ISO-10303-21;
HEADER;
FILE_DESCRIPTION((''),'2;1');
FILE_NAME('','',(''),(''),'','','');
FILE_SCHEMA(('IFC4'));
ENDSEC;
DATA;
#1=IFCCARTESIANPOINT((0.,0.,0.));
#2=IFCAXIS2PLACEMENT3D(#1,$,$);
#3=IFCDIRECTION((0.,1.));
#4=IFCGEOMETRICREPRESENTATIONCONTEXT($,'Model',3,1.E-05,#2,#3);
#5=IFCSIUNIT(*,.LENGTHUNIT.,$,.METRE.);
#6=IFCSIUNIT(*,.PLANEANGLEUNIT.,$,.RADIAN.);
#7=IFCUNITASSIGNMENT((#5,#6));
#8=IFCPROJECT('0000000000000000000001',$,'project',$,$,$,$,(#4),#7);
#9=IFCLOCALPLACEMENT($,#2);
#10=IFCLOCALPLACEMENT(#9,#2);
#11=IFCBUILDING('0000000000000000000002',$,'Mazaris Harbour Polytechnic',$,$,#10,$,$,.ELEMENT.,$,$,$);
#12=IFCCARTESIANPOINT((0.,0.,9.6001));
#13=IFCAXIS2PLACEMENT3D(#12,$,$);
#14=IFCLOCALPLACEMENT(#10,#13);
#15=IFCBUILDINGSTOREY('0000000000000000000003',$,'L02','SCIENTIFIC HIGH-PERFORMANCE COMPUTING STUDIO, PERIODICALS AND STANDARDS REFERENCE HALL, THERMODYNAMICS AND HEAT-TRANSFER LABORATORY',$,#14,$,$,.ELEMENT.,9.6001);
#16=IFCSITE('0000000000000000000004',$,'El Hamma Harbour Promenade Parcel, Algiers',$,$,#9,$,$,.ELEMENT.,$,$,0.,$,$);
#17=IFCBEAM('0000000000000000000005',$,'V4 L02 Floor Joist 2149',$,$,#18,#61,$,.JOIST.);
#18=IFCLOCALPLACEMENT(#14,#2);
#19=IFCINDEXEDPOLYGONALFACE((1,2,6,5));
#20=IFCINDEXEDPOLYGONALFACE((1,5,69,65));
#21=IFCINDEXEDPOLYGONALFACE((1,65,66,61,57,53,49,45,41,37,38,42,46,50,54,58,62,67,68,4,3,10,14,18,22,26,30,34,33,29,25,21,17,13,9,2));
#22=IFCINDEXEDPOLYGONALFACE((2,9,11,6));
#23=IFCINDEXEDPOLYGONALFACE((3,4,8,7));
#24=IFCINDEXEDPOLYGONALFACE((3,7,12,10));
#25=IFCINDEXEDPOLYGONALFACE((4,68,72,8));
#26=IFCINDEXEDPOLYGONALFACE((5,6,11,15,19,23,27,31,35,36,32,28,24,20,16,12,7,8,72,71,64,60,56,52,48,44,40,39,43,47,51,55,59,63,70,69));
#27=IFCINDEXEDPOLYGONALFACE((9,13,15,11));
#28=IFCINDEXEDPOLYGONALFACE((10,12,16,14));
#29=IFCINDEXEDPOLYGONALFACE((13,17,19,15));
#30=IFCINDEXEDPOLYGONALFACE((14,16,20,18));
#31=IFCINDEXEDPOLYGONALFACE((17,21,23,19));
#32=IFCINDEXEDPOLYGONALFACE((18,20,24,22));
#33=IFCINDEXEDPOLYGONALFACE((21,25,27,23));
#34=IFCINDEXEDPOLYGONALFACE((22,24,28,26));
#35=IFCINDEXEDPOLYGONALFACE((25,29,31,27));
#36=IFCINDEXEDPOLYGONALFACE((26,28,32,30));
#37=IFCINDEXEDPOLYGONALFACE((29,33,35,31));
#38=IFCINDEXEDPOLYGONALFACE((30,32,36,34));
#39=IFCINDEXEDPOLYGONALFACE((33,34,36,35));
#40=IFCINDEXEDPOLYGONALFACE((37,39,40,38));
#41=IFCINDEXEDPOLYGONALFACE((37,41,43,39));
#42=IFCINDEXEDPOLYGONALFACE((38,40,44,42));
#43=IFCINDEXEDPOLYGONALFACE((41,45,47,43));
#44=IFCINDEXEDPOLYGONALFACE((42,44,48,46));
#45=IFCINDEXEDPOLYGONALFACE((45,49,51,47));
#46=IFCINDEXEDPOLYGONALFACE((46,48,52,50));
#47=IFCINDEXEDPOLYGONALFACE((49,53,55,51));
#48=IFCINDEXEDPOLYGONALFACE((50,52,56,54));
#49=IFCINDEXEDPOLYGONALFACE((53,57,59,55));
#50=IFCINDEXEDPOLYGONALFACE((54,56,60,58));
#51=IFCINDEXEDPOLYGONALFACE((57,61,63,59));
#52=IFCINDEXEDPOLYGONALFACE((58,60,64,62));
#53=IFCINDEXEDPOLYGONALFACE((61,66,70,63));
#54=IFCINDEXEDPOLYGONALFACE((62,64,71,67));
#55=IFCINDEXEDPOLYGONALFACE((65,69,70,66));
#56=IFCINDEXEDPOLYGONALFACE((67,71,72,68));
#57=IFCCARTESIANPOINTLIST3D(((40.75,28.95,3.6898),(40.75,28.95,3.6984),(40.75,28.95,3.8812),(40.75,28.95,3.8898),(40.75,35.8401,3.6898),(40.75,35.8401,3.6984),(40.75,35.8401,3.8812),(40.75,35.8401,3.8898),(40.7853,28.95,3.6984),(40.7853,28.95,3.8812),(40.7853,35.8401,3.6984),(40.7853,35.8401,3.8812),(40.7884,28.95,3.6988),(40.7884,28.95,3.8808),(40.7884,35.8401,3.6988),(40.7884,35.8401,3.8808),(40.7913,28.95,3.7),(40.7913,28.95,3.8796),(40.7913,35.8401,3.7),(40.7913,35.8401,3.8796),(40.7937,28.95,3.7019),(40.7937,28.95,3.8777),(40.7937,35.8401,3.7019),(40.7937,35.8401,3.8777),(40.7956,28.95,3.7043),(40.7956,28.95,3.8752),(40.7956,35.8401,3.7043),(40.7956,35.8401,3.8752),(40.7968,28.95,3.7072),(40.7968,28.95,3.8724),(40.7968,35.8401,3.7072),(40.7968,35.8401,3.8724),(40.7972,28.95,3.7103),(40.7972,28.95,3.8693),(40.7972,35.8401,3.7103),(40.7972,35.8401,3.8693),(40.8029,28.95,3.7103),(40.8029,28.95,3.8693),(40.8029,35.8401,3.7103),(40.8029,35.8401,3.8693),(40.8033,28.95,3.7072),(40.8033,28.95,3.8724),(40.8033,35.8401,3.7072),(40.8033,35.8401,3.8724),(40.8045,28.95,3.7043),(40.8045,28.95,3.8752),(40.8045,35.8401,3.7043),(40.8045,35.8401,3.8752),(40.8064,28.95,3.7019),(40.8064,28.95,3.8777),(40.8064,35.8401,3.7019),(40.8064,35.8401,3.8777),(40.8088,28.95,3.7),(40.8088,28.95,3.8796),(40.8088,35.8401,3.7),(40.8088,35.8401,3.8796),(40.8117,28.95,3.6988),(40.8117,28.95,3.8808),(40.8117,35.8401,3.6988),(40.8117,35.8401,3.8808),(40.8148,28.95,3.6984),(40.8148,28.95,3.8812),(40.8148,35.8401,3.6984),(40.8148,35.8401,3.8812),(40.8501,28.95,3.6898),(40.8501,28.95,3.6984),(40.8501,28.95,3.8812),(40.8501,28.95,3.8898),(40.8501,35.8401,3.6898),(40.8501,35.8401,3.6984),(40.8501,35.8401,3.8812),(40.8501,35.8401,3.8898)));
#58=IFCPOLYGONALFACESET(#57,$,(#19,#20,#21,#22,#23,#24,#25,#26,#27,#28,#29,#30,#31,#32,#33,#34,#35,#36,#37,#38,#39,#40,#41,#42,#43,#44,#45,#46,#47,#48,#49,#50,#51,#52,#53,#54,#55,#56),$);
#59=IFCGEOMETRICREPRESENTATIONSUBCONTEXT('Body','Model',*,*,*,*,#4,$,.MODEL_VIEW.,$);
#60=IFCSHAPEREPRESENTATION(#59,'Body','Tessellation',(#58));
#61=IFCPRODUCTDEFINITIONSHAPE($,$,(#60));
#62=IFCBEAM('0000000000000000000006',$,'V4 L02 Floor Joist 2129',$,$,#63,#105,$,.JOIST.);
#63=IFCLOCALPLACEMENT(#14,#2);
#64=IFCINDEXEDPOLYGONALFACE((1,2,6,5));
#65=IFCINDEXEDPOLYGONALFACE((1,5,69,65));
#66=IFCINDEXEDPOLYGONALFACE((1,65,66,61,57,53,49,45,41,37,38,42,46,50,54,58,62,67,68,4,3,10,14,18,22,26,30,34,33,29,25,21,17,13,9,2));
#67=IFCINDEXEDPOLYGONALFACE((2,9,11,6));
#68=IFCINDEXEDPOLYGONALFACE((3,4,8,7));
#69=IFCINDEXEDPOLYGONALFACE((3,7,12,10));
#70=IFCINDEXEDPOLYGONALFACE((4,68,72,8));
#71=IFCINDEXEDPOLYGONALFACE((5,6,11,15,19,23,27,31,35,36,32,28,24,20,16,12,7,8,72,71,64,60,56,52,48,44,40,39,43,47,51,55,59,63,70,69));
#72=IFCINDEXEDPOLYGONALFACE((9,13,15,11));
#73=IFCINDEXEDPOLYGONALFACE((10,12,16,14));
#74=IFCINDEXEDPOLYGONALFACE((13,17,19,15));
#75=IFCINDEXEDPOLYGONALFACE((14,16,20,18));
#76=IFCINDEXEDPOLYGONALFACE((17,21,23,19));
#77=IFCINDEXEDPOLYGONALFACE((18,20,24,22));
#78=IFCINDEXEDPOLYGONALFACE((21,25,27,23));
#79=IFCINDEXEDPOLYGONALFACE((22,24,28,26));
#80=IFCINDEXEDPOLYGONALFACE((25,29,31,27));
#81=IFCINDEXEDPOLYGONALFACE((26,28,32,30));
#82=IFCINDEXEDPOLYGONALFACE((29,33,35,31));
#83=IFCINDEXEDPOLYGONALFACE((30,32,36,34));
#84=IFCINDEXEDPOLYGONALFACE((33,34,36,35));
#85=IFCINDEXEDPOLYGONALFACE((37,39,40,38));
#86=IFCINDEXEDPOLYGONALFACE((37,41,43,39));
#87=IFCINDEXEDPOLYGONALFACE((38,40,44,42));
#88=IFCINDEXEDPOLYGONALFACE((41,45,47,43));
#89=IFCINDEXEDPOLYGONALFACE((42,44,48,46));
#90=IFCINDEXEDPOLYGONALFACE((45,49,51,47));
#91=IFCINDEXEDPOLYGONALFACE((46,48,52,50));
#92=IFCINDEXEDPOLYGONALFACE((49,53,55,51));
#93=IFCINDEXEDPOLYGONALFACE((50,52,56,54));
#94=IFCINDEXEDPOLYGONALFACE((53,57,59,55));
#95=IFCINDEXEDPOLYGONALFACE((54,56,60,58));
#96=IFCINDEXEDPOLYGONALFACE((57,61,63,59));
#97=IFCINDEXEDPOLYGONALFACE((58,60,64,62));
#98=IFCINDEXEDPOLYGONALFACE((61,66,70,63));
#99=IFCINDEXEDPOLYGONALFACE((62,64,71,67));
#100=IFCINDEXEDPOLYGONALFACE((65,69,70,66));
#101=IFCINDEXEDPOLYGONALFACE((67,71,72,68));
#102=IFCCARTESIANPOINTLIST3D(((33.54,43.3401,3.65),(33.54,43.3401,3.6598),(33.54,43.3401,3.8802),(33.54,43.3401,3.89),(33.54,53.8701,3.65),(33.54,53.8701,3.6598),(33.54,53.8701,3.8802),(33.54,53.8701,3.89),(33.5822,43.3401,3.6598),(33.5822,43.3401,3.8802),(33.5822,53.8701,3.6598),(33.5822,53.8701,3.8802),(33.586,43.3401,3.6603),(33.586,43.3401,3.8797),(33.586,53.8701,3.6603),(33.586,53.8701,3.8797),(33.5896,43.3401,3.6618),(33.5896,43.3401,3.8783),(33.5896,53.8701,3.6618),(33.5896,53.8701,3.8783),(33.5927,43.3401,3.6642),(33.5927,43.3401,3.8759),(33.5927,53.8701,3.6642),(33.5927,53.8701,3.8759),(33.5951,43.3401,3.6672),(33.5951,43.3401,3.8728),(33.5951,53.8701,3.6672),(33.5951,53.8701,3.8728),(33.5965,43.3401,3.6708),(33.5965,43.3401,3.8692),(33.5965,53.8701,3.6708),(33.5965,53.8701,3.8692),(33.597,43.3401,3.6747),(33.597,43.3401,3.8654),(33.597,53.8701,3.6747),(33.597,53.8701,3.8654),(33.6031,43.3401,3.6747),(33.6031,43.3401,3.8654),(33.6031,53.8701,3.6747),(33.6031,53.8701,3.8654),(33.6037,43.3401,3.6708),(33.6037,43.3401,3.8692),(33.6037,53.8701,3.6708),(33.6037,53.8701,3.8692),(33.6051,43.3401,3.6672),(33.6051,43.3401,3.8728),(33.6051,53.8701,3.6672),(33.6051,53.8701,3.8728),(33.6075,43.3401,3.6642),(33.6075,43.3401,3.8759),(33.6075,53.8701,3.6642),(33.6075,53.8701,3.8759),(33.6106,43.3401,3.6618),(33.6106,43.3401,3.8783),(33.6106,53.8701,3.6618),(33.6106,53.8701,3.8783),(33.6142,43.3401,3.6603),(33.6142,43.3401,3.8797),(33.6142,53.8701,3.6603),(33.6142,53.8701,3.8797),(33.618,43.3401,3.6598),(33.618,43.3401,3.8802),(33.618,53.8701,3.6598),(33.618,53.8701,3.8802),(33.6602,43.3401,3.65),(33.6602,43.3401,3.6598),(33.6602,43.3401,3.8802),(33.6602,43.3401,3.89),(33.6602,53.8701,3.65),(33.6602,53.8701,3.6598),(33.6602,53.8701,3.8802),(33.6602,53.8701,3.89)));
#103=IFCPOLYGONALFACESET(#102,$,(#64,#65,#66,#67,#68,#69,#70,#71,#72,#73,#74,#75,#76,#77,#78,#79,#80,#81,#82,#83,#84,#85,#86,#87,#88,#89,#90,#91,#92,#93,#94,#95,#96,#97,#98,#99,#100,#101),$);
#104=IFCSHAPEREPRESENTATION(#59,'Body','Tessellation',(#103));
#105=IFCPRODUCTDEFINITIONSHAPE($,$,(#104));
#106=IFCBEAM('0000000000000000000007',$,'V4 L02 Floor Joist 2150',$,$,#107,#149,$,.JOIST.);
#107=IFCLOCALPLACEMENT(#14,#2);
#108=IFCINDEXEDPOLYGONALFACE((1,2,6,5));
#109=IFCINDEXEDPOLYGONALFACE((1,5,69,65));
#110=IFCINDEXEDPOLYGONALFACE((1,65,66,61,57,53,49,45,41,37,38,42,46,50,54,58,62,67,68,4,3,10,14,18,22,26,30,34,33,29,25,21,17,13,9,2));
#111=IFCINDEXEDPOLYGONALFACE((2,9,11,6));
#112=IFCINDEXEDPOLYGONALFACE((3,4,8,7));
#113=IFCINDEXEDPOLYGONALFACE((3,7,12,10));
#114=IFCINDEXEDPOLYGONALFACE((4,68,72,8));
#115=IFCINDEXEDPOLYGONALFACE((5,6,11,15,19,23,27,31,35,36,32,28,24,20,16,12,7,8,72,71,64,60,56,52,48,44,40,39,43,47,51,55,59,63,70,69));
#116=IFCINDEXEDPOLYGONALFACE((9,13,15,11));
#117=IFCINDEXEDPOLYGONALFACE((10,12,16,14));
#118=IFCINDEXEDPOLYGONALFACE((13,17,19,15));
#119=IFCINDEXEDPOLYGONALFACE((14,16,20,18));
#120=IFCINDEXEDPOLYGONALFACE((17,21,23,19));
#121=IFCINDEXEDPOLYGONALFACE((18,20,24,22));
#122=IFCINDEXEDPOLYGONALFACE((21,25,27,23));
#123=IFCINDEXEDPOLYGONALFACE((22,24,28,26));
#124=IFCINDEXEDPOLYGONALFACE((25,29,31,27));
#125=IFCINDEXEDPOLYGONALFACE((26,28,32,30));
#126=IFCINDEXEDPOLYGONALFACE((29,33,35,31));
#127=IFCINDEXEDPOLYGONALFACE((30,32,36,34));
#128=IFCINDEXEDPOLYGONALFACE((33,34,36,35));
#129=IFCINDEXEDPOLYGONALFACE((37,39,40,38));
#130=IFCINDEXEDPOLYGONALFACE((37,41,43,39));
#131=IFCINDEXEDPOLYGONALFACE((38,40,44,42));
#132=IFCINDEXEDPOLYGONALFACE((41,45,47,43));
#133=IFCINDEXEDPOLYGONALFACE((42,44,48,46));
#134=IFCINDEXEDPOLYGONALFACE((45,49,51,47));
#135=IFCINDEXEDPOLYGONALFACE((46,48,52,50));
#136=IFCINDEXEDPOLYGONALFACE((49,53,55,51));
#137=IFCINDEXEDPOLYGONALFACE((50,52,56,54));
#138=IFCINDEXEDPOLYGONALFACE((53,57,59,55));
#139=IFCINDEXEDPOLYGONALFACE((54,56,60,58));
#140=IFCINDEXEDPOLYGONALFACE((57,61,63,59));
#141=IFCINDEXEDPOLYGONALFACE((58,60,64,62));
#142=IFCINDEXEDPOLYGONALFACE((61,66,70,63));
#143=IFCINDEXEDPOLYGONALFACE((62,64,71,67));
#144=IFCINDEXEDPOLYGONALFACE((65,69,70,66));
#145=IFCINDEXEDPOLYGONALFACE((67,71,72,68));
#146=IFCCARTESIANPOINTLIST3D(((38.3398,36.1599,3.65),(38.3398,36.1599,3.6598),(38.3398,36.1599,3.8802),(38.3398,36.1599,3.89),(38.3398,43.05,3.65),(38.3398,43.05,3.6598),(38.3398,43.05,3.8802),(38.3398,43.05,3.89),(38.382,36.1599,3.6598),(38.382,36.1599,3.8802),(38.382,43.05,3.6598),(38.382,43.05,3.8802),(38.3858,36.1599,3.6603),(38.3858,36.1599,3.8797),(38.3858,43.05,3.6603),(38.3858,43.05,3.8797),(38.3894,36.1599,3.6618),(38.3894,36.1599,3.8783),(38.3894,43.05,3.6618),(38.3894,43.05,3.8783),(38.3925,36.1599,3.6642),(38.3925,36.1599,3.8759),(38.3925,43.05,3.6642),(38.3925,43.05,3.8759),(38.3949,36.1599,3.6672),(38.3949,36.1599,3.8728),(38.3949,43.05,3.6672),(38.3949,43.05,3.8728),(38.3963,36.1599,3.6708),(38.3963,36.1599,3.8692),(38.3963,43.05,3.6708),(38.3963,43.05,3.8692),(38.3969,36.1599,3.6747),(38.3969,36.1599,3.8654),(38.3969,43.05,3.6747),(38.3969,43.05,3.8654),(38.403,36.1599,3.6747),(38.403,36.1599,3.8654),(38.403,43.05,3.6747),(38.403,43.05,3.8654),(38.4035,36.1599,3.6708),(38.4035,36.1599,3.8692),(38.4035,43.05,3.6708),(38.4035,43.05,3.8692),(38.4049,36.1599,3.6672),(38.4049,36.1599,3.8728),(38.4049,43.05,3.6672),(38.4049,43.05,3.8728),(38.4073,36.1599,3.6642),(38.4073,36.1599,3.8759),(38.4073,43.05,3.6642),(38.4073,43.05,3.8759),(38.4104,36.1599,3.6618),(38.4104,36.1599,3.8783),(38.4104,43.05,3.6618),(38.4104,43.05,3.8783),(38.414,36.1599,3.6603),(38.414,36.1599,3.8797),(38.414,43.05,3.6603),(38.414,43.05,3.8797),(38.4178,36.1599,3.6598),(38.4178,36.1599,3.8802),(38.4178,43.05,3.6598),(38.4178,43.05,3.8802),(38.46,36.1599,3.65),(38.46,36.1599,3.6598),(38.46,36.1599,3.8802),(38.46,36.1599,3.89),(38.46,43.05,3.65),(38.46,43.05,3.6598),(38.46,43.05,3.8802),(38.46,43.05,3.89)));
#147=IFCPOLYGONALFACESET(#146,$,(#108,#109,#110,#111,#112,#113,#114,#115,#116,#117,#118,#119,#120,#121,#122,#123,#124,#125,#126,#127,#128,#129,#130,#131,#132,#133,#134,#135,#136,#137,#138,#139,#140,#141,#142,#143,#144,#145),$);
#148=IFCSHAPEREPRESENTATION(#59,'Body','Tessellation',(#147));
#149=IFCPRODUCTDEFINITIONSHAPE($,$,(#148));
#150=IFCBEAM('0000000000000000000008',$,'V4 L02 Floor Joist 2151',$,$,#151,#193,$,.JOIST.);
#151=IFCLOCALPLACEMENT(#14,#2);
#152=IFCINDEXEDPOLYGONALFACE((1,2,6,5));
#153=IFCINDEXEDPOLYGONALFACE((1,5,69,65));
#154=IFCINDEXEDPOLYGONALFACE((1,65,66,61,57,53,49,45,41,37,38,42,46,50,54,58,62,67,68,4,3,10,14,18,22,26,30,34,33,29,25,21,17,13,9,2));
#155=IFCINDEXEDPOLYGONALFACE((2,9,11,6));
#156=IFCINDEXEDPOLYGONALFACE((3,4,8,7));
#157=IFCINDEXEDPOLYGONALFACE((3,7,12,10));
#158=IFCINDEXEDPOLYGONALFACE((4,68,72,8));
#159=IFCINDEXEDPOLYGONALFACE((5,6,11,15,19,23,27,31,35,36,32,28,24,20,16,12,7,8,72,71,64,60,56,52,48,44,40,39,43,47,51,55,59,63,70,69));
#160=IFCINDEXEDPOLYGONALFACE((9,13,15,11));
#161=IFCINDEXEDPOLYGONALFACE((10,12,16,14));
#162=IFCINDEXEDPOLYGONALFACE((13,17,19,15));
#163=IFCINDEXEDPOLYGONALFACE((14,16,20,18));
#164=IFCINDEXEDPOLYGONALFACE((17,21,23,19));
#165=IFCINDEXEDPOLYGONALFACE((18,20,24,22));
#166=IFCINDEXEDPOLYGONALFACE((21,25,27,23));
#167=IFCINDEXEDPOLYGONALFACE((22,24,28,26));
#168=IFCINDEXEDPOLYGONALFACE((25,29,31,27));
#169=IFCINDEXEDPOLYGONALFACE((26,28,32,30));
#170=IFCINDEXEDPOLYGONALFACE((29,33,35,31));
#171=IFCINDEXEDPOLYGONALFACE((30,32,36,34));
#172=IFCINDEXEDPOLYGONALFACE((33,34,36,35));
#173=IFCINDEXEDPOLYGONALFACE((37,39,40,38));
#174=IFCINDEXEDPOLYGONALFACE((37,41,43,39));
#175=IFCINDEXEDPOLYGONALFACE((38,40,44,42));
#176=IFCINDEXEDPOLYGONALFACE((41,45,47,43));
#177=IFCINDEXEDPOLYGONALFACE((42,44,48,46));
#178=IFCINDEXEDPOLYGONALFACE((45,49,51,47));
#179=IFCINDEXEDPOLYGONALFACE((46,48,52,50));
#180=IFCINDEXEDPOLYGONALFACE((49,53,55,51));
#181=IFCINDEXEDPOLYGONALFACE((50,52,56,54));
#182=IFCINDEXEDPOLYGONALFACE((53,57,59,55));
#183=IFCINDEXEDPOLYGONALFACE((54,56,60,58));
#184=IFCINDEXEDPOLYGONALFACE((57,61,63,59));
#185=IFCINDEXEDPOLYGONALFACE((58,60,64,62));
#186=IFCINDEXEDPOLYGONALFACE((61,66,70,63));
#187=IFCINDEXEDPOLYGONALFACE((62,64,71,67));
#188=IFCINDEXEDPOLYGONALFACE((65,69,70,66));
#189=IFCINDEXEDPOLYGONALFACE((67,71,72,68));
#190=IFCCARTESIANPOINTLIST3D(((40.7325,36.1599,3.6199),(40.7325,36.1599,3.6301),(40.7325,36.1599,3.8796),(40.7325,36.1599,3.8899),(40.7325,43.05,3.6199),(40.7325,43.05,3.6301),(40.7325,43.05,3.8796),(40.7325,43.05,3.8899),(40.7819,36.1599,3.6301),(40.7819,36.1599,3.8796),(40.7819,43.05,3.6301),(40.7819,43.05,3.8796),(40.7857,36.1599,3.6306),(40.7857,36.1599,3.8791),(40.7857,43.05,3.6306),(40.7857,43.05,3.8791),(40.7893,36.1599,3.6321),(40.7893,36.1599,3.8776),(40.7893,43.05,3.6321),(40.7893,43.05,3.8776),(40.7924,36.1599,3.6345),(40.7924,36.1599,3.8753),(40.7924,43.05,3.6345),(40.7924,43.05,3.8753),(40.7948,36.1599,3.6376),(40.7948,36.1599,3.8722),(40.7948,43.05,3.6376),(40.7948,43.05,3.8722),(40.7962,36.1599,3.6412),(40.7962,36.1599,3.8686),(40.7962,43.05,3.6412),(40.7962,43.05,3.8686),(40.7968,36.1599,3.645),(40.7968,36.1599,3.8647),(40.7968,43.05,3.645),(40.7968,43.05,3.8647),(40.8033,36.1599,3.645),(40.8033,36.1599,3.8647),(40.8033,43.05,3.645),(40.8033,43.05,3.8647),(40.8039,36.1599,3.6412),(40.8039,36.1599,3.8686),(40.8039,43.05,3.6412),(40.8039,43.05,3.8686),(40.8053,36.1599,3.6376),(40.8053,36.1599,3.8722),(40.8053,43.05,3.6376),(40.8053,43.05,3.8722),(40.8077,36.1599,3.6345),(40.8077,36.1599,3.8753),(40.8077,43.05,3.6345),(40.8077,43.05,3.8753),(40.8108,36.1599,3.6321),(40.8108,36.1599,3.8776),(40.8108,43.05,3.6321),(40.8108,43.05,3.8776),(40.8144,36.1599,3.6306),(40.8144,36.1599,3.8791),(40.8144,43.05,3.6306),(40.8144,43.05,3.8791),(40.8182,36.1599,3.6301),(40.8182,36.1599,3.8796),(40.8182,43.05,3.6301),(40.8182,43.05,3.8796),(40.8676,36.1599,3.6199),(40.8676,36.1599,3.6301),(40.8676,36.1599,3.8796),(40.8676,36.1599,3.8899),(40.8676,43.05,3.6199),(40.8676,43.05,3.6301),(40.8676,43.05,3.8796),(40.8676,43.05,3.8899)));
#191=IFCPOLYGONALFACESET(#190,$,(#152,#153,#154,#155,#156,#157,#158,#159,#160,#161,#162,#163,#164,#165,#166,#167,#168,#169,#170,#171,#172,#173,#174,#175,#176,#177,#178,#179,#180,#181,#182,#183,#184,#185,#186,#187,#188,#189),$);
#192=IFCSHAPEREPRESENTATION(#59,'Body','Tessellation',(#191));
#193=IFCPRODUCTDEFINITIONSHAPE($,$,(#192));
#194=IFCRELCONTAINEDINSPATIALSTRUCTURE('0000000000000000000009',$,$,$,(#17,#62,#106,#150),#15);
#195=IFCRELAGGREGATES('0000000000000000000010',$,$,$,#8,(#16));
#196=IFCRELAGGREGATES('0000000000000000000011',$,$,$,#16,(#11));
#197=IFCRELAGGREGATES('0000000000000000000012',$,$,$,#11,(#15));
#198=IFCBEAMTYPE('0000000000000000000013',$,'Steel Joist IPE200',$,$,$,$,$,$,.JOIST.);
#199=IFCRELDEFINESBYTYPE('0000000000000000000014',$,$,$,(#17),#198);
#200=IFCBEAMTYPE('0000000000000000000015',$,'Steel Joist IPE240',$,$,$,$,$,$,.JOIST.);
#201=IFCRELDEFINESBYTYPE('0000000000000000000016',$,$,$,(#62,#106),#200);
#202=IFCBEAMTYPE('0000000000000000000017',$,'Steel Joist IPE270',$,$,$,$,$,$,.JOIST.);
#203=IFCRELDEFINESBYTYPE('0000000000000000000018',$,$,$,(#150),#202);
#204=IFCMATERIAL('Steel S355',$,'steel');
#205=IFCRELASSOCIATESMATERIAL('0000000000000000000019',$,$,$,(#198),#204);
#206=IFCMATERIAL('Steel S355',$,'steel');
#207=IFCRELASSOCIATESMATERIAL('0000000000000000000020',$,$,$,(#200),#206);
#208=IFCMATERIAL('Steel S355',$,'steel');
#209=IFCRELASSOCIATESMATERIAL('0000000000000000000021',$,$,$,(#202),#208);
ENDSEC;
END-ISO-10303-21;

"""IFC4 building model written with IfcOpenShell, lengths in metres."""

from ifc_helpers import new_model, si_unit, direction, frame, origin, origin_2d, place, context, subcontext, project, spatial, i_section, extrude, material, material_profile, profile_set, type_object, element, save


model = new_model("IFC4")

# Units and contexts
model_context = context("Model", 3, precision=1e-05, world=origin(), true_north=direction((0.0, 1.0)))
body_context = subcontext(model_context, "Body", "Model", "MODEL_VIEW")
ifc_project = project(units=[si_unit("LENGTHUNIT", "METRE"), si_unit("PLANEANGLEUNIT", "RADIAN")], contexts=[model_context])

# Site, building, storey
site_placement = place(None, origin())
site = spatial("IfcSite", under=ifc_project, at=site_placement, Name="El Hamma Harbour Promenade Parcel, Algiers", CompositionType="ELEMENT", RefElevation=0.0)
building_placement = place(site_placement, origin())
building = spatial("IfcBuilding", under=site, at=building_placement, Name="Mazaris Harbour Polytechnic", CompositionType="ELEMENT")
storey_placement = place(building_placement, frame((0.0, 0.0, 9.6001)))
storey = spatial("IfcBuildingStorey", under=building, at=storey_placement, Name="L02", Description="SCIENTIFIC HIGH-PERFORMANCE COMPUTING STUDIO, PERIODICALS AND STANDARDS REFERENCE HALL, THERMODYNAMICS AND HEAT-TRANSFER LABORATORY", CompositionType="ELEMENT", Elevation=9.6001)

# Beams
ifc_material_1 = material(Name="Steel S355", Category="steel")
ifc_material_profile_1 = material_profile(ifc_material_1, i_section(OverallWidth=0.1001, OverallDepth=0.2, WebThickness=0.0056, FlangeThickness=0.0085, FilletRadius=0.012, at=origin_2d()), Name="IPE 200")
ifc_profile_set_1 = profile_set([ifc_material_profile_1], Name="Steel S355")
beam_type_1 = type_object("IfcBeamType", Name="Steel Joist IPE200", PredefinedType="JOIST", material=ifc_profile_set_1)
beam_1_placement = place(storey_placement, frame((40.8, 28.95, 3.7898), z_axis=(0.0, 1.0, 0.0), x_axis=(-1.0, 0.0, 0.0)))
element("IfcBeam", 1, at=beam_1_placement, inside=storey, type_object=beam_type_1, Name="V4 L02 Floor Joist 2149", PredefinedType="JOIST", context=body_context, shape_type="SweptSolid", body=[
    extrude(i_section(OverallWidth=0.1001, OverallDepth=0.2, WebThickness=0.0056, FlangeThickness=0.0085, FilletRadius=0.012, at=origin_2d()), origin(), (0.0, 0.0, 1.0), 6.8901),
])
ifc_material_2 = material(Name="Steel S355", Category="steel")
ifc_material_profile_2 = material_profile(ifc_material_2, i_section(OverallWidth=0.1201, OverallDepth=0.24, WebThickness=0.0061, FlangeThickness=0.0098, FilletRadius=0.0149, at=origin_2d()), Name="IPE 240")
ifc_profile_set_2 = profile_set([ifc_material_profile_2], Name="Steel S355")
beam_type_2 = type_object("IfcBeamType", Name="Steel Joist IPE240", PredefinedType="JOIST", material=ifc_profile_set_2)
beam_2_placement = place(storey_placement, frame((33.6001, 43.3401, 3.77), z_axis=(0.0, 1.0, 0.0), x_axis=(-1.0, 0.0, 0.0)))
element("IfcBeam", 2, at=beam_2_placement, inside=storey, type_object=beam_type_2, Name="V4 L02 Floor Joist 2129", PredefinedType="JOIST", context=body_context, shape_type="SweptSolid", body=[
    extrude(i_section(OverallWidth=0.1201, OverallDepth=0.24, WebThickness=0.0061, FlangeThickness=0.0098, FilletRadius=0.0149, at=origin_2d()), origin(), (0.0, 0.0, 1.0), 10.53),
])
beam_3_placement = place(storey_placement, frame((38.3999, 36.1599, 3.77), z_axis=(0.0, 1.0, 0.0), x_axis=(-1.0, 0.0, 0.0)))
element("IfcBeam", 3, at=beam_3_placement, inside=storey, type_object=beam_type_2, Name="V4 L02 Floor Joist 2150", PredefinedType="JOIST", context=body_context, shape_type="SweptSolid", body=[
    extrude(i_section(OverallWidth=0.1201, OverallDepth=0.24, WebThickness=0.0061, FlangeThickness=0.0098, FilletRadius=0.0149, at=origin_2d()), origin(), (0.0, 0.0, 1.0), 6.8901),
])
ifc_material_3 = material(Name="Steel S355", Category="steel")
ifc_material_profile_3 = material_profile(ifc_material_3, i_section(OverallWidth=0.135, OverallDepth=0.27, WebThickness=0.0066, FlangeThickness=0.0103, FilletRadius=0.0149, at=origin_2d()), Name="IPE 270")
ifc_profile_set_3 = profile_set([ifc_material_profile_3], Name="Steel S355")
beam_type_3 = type_object("IfcBeamType", Name="Steel Joist IPE270", PredefinedType="JOIST", material=ifc_profile_set_3)
beam_4_placement = place(storey_placement, frame((40.8, 36.1599, 3.7549), z_axis=(0.0, 1.0, 0.0), x_axis=(-1.0, 0.0, 0.0)))
element("IfcBeam", 4, at=beam_4_placement, inside=storey, type_object=beam_type_3, Name="V4 L02 Floor Joist 2151", PredefinedType="JOIST", context=body_context, shape_type="SweptSolid", body=[
    extrude(i_section(OverallWidth=0.135, OverallDepth=0.27, WebThickness=0.0066, FlangeThickness=0.0103, FilletRadius=0.0149, at=origin_2d()), origin(), (0.0, 0.0, 1.0), 6.8901),
])

save(model, "model.ifc")
